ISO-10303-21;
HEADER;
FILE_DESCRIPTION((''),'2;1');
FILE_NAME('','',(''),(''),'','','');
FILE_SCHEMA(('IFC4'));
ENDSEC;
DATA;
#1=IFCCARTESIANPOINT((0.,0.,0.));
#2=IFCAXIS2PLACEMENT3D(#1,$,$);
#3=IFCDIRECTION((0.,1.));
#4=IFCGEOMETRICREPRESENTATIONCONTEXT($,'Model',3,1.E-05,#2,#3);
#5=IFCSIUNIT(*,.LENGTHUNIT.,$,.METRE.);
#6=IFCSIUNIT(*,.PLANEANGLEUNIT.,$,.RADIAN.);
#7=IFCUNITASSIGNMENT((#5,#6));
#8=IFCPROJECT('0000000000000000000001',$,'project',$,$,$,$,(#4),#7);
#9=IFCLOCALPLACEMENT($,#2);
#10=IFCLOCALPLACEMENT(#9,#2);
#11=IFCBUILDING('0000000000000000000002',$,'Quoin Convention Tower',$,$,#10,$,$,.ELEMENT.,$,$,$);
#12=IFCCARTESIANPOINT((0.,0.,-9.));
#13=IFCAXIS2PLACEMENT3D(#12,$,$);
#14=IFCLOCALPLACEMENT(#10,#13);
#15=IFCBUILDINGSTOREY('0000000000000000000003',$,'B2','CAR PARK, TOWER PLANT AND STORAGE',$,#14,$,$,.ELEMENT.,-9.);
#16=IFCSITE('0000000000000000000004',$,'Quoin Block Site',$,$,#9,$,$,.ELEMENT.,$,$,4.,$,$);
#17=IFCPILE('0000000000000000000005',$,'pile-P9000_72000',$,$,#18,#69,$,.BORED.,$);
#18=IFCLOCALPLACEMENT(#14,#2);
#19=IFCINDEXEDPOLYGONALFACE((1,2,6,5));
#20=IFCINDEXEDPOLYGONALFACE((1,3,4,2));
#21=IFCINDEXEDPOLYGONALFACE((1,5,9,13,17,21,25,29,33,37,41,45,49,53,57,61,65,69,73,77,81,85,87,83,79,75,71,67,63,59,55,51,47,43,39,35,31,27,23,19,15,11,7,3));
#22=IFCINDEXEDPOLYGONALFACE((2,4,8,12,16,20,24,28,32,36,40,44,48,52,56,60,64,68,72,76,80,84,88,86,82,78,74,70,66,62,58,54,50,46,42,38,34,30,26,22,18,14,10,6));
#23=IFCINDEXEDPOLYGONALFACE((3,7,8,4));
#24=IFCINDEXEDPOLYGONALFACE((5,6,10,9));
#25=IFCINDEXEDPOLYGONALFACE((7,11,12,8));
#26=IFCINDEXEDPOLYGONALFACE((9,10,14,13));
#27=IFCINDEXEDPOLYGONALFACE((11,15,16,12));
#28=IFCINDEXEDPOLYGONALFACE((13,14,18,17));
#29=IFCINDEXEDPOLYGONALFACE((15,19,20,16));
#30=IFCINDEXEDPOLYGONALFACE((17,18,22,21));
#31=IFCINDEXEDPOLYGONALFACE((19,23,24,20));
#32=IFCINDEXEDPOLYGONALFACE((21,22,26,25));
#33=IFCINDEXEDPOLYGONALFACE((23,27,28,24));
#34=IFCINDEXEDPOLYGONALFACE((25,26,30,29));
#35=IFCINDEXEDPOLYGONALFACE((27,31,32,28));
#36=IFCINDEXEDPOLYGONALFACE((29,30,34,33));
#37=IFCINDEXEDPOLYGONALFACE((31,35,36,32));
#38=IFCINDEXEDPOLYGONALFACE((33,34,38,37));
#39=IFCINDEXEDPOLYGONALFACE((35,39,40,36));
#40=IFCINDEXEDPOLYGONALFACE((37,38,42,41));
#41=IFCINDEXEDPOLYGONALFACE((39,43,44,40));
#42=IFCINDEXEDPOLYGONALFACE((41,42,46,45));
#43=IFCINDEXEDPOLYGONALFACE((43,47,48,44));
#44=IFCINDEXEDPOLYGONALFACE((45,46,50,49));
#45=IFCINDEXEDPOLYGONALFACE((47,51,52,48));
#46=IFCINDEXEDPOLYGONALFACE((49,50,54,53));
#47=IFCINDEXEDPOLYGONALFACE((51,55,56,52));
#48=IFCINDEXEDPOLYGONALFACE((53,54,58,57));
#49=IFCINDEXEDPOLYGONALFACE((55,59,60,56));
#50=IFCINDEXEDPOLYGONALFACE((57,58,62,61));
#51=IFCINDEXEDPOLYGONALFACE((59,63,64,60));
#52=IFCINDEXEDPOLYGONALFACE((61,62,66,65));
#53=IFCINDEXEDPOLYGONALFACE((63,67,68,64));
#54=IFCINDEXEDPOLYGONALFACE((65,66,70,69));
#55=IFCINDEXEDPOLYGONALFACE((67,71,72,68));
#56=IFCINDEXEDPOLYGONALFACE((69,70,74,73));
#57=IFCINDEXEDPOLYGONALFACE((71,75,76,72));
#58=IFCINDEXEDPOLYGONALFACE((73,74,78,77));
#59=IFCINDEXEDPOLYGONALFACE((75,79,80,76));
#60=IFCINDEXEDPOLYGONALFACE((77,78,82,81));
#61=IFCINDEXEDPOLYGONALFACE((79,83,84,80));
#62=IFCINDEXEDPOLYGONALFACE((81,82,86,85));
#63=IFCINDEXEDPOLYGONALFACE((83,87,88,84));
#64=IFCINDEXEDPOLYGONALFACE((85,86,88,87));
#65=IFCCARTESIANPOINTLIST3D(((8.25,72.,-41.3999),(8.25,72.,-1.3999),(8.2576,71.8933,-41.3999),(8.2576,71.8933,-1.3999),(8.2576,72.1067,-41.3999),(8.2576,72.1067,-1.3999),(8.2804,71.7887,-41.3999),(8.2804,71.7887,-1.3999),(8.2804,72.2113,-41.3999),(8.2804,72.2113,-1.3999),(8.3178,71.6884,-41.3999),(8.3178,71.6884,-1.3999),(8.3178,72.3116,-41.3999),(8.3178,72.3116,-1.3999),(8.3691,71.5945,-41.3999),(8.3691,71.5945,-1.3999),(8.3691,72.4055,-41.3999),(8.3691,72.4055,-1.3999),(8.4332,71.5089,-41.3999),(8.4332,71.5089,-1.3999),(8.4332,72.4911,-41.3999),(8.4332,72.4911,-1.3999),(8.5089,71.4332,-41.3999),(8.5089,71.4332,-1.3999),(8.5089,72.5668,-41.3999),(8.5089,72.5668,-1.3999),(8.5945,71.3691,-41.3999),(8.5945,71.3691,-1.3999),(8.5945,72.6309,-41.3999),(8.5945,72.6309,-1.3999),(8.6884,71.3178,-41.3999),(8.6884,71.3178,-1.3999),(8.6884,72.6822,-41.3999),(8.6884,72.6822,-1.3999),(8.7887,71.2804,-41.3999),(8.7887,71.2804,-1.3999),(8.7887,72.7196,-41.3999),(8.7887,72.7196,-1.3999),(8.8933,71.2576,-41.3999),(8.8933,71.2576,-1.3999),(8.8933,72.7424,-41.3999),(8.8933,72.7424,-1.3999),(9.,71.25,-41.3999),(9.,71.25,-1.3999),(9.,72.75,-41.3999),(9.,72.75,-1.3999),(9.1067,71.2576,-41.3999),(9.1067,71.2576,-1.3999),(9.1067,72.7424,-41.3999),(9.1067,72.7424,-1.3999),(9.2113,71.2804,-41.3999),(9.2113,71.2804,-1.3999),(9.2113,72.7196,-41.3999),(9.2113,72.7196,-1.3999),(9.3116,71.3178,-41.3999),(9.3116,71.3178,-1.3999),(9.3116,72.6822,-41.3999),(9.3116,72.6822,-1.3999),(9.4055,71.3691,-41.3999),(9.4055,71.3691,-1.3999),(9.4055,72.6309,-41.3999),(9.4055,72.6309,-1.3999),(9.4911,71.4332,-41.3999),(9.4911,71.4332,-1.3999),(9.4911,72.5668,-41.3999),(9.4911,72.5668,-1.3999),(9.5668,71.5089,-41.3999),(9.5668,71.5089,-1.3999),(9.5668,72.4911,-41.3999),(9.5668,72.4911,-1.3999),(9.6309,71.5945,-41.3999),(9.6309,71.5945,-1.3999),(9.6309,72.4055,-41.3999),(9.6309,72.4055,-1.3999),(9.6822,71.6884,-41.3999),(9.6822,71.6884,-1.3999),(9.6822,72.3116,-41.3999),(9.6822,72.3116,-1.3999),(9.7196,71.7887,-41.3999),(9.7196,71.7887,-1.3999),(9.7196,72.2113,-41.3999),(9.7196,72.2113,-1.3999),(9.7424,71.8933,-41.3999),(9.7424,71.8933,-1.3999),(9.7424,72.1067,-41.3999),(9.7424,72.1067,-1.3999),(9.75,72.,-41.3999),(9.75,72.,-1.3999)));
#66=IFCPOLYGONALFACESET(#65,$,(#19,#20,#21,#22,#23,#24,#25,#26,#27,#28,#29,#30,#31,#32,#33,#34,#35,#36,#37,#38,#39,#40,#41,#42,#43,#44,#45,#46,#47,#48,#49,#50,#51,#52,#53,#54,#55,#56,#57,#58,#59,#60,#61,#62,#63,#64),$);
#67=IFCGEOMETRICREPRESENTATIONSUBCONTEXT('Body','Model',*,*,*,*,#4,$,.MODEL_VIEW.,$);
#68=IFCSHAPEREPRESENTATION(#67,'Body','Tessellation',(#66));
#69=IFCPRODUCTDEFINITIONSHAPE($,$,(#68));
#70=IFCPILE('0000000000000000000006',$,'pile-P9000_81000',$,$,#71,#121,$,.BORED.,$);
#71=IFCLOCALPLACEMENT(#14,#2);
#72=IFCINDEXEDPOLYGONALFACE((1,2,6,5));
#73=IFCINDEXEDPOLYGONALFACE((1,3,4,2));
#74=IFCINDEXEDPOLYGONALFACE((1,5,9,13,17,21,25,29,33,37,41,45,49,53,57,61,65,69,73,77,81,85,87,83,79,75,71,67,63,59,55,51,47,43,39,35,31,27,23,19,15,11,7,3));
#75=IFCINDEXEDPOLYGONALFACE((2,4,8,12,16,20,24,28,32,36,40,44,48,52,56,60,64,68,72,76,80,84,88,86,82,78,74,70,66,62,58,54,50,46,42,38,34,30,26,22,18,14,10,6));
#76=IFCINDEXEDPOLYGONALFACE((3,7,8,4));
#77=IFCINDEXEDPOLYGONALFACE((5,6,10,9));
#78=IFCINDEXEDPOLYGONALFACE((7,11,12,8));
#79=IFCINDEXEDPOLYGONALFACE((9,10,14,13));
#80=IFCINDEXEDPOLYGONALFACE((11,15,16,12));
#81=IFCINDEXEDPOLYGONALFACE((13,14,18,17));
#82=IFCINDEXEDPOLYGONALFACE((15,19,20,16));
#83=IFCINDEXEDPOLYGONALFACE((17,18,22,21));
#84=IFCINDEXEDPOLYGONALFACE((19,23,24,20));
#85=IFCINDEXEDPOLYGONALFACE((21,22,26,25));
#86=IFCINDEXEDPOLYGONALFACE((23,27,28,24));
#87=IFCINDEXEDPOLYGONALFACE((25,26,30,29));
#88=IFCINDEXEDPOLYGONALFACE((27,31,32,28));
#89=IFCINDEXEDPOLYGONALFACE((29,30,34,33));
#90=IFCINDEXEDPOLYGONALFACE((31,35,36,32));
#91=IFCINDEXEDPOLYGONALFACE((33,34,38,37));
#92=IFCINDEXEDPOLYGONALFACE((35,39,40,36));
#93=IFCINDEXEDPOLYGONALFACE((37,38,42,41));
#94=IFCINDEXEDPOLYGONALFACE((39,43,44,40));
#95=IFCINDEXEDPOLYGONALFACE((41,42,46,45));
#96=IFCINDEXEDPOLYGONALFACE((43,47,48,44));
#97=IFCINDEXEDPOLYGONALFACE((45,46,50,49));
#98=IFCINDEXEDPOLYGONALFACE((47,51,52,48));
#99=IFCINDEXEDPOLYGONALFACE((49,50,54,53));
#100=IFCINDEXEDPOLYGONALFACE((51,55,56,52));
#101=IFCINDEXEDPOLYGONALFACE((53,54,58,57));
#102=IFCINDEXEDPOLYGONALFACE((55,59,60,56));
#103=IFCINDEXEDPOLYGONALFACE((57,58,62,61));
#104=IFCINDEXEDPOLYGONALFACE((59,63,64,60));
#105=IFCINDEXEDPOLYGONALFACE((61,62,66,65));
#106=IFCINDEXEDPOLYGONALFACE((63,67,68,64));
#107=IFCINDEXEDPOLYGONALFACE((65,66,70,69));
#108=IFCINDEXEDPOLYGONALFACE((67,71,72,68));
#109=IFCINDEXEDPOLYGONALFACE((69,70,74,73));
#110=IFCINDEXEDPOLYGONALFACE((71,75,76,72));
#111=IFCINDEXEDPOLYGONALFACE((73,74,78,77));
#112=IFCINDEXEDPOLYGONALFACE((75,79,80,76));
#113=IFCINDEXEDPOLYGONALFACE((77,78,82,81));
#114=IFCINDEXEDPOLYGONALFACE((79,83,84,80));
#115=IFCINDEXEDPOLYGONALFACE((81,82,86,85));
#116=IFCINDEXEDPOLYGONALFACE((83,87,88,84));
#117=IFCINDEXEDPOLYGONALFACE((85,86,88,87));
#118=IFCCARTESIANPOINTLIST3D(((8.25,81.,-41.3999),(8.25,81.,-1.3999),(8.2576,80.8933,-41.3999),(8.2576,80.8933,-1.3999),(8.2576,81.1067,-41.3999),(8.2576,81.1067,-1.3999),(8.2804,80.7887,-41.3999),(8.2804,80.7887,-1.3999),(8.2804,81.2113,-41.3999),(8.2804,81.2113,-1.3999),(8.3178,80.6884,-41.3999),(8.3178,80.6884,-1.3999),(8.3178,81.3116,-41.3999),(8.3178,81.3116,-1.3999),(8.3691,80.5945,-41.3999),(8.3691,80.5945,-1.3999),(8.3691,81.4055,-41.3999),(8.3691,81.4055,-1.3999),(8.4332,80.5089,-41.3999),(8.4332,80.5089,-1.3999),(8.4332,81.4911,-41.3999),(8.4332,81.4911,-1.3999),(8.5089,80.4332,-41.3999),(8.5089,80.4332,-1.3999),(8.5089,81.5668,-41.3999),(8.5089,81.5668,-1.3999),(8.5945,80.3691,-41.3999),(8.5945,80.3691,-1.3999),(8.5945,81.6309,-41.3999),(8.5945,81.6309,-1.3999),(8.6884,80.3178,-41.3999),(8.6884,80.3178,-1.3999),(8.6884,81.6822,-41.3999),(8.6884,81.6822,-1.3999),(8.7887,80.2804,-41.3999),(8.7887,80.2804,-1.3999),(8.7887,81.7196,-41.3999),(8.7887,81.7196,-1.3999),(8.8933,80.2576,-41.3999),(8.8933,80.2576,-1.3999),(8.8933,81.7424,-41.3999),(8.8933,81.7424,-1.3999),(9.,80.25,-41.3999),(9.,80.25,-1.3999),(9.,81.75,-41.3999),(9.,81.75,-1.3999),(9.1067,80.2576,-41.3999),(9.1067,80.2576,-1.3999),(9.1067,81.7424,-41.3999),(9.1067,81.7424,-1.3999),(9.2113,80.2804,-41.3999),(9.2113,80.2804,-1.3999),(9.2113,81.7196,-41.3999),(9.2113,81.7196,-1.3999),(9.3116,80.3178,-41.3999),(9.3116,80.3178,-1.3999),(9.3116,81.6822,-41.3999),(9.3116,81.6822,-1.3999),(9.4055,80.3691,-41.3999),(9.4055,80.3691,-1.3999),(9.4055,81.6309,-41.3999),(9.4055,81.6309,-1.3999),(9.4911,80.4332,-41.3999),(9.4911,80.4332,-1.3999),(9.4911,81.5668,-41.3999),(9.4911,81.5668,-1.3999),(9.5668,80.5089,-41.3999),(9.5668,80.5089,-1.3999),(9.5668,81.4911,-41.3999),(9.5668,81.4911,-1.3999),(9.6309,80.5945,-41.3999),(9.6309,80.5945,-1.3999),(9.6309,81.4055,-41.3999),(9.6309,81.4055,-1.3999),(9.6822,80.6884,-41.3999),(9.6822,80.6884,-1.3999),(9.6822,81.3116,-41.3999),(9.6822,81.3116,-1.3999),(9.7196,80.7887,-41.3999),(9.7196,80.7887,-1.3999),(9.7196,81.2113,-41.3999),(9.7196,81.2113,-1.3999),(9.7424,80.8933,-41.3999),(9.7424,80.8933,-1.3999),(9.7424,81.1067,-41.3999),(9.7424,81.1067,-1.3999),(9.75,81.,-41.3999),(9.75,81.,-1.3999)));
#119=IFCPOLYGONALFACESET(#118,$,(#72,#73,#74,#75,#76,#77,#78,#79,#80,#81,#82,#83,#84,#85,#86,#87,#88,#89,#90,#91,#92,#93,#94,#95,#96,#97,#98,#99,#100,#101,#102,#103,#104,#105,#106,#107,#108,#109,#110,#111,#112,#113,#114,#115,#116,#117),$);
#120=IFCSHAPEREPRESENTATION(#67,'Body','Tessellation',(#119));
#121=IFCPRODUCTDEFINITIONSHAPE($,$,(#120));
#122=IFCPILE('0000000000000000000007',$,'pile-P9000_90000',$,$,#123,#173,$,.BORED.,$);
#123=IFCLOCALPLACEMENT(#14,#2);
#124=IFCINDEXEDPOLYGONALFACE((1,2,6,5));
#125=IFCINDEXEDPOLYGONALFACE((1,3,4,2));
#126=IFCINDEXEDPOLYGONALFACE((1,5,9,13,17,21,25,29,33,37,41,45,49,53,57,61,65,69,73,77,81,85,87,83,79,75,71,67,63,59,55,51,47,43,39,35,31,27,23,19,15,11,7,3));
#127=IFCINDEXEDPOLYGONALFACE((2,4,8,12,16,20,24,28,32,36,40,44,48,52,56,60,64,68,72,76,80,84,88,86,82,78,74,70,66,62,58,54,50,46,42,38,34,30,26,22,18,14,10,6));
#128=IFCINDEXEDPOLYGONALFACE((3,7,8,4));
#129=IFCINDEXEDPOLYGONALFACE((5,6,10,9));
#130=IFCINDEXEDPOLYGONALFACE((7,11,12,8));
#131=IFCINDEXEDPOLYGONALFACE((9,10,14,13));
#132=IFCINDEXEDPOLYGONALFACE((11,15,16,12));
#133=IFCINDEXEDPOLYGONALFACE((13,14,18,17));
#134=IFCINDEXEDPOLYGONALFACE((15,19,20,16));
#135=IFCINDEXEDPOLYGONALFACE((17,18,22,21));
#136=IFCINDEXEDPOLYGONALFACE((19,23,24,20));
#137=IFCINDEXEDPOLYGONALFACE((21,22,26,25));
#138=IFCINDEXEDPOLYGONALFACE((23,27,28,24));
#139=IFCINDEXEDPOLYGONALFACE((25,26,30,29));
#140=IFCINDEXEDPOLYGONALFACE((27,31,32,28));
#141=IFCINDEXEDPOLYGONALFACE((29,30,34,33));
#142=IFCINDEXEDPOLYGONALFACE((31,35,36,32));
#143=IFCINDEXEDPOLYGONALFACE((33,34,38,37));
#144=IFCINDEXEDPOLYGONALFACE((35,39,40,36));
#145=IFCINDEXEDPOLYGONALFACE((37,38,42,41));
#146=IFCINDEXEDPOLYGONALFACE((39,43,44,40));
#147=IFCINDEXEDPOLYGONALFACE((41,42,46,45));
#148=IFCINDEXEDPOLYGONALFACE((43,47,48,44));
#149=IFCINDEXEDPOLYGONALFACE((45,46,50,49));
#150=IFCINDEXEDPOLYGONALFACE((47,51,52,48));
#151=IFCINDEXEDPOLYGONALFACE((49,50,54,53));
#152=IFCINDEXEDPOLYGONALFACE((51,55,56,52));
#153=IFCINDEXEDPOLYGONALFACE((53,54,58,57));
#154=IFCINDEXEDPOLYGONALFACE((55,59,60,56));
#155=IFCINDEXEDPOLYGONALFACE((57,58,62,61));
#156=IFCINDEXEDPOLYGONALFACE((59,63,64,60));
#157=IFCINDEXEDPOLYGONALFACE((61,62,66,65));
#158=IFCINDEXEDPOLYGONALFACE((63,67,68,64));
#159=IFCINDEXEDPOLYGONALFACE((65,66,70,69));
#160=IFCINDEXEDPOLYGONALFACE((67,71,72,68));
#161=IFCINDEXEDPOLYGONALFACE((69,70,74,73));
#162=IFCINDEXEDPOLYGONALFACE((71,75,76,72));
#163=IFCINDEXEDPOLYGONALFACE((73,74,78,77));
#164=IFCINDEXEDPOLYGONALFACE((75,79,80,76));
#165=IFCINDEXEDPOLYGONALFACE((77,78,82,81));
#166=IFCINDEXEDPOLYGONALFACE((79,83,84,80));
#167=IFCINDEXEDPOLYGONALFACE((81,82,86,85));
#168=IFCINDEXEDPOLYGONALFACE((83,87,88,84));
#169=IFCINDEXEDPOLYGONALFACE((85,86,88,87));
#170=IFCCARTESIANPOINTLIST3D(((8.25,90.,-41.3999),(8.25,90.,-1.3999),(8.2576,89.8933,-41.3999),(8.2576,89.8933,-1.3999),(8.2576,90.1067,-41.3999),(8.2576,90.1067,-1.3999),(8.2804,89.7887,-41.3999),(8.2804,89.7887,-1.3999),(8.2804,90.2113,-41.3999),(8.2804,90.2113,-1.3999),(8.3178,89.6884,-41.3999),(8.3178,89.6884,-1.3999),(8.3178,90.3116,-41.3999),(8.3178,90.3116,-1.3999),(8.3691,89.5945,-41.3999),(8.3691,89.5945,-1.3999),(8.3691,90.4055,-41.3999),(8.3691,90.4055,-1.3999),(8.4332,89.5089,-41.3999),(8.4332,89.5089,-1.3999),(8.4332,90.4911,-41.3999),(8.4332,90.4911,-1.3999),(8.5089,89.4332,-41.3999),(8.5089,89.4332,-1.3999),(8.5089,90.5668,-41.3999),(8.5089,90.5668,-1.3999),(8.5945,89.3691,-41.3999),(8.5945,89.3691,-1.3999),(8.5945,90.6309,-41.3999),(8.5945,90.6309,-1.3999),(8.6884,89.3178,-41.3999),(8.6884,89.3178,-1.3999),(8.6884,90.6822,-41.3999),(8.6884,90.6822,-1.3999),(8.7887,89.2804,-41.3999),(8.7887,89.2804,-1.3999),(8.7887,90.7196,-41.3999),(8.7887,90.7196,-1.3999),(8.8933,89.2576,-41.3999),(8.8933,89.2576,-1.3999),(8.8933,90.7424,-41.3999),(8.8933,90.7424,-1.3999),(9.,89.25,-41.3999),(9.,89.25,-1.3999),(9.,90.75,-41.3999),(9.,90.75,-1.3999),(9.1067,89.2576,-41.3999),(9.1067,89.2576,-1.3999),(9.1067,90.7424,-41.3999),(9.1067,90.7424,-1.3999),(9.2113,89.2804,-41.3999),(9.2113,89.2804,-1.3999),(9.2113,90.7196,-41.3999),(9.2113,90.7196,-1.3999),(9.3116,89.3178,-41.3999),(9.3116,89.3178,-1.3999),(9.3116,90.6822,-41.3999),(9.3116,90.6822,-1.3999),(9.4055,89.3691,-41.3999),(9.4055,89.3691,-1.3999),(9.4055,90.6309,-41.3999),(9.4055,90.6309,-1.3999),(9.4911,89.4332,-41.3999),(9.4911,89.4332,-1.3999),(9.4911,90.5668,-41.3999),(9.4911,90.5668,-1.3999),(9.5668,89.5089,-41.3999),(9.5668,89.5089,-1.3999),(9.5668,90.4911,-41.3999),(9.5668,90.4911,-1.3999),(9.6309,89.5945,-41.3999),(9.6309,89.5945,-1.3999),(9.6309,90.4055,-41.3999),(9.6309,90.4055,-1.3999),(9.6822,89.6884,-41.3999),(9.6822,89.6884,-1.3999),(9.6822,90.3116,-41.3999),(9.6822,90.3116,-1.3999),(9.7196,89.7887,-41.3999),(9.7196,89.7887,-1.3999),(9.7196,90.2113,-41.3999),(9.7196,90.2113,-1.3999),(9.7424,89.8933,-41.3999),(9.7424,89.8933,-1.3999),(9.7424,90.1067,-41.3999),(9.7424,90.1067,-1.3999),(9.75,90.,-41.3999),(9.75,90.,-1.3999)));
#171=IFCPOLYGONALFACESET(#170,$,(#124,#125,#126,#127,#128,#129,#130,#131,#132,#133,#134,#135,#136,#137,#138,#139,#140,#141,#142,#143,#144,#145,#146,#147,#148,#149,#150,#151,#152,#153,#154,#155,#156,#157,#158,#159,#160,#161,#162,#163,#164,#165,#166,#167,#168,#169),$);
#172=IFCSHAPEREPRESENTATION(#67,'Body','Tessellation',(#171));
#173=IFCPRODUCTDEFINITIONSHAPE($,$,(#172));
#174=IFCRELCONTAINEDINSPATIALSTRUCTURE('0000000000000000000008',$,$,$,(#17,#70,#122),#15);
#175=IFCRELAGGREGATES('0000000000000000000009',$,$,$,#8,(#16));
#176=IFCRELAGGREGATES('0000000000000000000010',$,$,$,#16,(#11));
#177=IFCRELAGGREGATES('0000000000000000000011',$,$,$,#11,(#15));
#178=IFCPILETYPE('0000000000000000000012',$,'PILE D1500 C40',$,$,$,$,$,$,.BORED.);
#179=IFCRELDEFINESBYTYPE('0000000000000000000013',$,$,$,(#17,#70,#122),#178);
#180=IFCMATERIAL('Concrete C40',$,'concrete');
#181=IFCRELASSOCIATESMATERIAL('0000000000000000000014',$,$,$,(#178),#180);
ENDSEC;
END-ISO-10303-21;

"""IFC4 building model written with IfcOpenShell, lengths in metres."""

from ifc_helpers import new_model, si_unit, direction, frame, origin, origin_2d, place, context, subcontext, project, spatial, circle, extrude, material, material_profile, profile_set, type_object, element, save


model = new_model("IFC4")

# Units and contexts
model_context = context("Model", 3, precision=1e-05, world=origin(), true_north=direction((0.0, 1.0)))
body_context = subcontext(model_context, "Body", "Model", "MODEL_VIEW")
ifc_project = project(units=[si_unit("LENGTHUNIT", "METRE"), si_unit("PLANEANGLEUNIT", "RADIAN")], contexts=[model_context])

# Site, building, storey
site_placement = place(None, origin())
site = spatial("IfcSite", under=ifc_project, at=site_placement, Name="Quoin Block Site", CompositionType="ELEMENT", RefElevation=4.0)
building_placement = place(site_placement, origin())
building = spatial("IfcBuilding", under=site, at=building_placement, Name="Quoin Convention Tower", CompositionType="ELEMENT")
storey_placement = place(building_placement, frame((0.0, 0.0, -9.0)))
storey = spatial("IfcBuildingStorey", under=building, at=storey_placement, Name="B2", Description="CAR PARK, TOWER PLANT AND STORAGE", CompositionType="ELEMENT", Elevation=-9.0)

# Piles
ifc_material_1 = material(Name="Concrete C40", Category="concrete")
ifc_material_profile_1 = material_profile(ifc_material_1, circle(Radius=0.75, at=origin_2d()), Name="D1500")
ifc_profile_set_1 = profile_set([ifc_material_profile_1], Name="Concrete C40")
pile_type = type_object("IfcPileType", Name="PILE D1500 C40", PredefinedType="BORED", material=ifc_profile_set_1)
for number, where, z_axis, x_axis, name in (
    (1, (9.0, 72.0, -1.3999), (0.0, 0.0, -1.0), (1.0, 0.0, 0.0), "pile-P9000_72000"),
    (2, (9.0, 81.0, -1.3999), (0.0, 0.0, -1.0), (1.0, 0.0, 0.0), "pile-P9000_81000"),
    (3, (9.0, 90.0, -1.3999), (0.0, 0.0, -1.0), (1.0, 0.0, 0.0), "pile-P9000_90000"),
):
    element("IfcPile", number, at=place(storey_placement, frame(where, z_axis=z_axis, x_axis=x_axis)), inside=storey, type_object=pile_type, Name=name, PredefinedType="BORED", context=body_context, shape_type="SweptSolid", body=[
        extrude(circle(Radius=0.75, at=origin_2d()), origin(), (0.0, 0.0, 1.0), 40.0),
    ])

save(model, "model.ifc")
